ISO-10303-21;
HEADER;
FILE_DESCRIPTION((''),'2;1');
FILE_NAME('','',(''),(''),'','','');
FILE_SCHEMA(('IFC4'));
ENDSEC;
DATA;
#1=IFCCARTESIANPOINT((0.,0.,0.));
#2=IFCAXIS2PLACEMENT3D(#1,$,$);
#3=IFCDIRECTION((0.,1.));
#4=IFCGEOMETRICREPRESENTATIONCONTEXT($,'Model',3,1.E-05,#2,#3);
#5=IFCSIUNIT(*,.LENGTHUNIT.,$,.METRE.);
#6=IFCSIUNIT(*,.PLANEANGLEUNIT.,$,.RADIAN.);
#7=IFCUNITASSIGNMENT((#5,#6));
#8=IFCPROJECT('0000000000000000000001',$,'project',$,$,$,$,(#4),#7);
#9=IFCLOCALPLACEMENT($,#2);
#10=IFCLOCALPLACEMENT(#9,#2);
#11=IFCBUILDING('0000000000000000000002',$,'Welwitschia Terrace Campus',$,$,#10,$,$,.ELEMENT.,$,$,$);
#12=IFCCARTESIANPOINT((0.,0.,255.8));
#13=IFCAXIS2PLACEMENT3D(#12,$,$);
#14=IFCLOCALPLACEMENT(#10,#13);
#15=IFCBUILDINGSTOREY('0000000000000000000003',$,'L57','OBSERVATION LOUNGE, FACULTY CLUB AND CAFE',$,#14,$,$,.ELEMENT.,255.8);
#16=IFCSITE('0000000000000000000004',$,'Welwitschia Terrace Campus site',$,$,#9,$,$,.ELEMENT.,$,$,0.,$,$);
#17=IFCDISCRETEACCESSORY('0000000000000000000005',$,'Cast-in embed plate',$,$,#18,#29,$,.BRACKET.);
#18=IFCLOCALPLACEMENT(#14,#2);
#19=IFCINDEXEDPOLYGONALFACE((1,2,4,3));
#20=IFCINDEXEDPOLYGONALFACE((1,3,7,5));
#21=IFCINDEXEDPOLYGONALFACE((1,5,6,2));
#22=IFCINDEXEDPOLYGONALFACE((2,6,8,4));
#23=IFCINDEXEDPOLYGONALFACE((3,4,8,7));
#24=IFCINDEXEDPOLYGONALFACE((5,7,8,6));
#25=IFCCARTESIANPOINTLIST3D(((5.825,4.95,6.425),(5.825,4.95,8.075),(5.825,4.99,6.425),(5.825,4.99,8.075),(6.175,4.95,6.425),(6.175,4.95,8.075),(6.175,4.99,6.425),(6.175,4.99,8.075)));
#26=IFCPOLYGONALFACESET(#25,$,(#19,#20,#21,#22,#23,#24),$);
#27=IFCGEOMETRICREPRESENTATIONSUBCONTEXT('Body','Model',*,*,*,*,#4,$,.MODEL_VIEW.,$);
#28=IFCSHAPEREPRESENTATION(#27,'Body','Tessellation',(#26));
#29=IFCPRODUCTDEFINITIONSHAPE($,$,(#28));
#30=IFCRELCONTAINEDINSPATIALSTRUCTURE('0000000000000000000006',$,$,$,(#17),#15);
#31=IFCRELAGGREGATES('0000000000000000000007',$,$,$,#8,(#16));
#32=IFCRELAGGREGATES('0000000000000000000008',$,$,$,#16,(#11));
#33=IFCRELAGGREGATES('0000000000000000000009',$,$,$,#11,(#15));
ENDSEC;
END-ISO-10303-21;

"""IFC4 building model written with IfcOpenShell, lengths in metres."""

from ifc_helpers import new_model, si_unit, direction, frame, origin, origin_2d, place, context, subcontext, project, spatial, rectangle, extrude, element, save


model = new_model("IFC4")

# Units and contexts
model_context = context("Model", 3, precision=1e-05, world=origin(), true_north=direction((0.0, 1.0)))
body_context = subcontext(model_context, "Body", "Model", "MODEL_VIEW")
ifc_project = project(units=[si_unit("LENGTHUNIT", "METRE"), si_unit("PLANEANGLEUNIT", "RADIAN")], contexts=[model_context])

# Site, building, storey
site_placement = place(None, origin())
site = spatial("IfcSite", under=ifc_project, at=site_placement, Name="Welwitschia Terrace Campus site", CompositionType="ELEMENT", RefElevation=0.0)
building_placement = place(site_placement, origin())
building = spatial("IfcBuilding", under=site, at=building_placement, Name="Welwitschia Terrace Campus", CompositionType="ELEMENT")
storey_placement = place(building_placement, frame((0.0, 0.0, 255.8)))
storey = spatial("IfcBuildingStorey", under=building, at=storey_placement, Name="L57", Description="OBSERVATION LOUNGE, FACULTY CLUB AND CAFE", CompositionType="ELEMENT", Elevation=255.8)

# Discrete accessory
discrete_accessory_placement = place(storey_placement, frame((6.0, 4.95, 7.25), z_axis=(0.0, 1.0, 0.0), x_axis=(-1.0, 0.0, 0.0)))
element("IfcDiscreteAccessory", 1, at=discrete_accessory_placement, inside=storey, Name="Cast-in embed plate", PredefinedType="BRACKET", context=body_context, shape_type="SweptSolid", body=[
    extrude(rectangle(XDim=0.3501, YDim=1.6499, at=origin_2d()), origin(), (0.0, 0.0, 1.0), 0.04),
])

save(model, "model.ifc")
